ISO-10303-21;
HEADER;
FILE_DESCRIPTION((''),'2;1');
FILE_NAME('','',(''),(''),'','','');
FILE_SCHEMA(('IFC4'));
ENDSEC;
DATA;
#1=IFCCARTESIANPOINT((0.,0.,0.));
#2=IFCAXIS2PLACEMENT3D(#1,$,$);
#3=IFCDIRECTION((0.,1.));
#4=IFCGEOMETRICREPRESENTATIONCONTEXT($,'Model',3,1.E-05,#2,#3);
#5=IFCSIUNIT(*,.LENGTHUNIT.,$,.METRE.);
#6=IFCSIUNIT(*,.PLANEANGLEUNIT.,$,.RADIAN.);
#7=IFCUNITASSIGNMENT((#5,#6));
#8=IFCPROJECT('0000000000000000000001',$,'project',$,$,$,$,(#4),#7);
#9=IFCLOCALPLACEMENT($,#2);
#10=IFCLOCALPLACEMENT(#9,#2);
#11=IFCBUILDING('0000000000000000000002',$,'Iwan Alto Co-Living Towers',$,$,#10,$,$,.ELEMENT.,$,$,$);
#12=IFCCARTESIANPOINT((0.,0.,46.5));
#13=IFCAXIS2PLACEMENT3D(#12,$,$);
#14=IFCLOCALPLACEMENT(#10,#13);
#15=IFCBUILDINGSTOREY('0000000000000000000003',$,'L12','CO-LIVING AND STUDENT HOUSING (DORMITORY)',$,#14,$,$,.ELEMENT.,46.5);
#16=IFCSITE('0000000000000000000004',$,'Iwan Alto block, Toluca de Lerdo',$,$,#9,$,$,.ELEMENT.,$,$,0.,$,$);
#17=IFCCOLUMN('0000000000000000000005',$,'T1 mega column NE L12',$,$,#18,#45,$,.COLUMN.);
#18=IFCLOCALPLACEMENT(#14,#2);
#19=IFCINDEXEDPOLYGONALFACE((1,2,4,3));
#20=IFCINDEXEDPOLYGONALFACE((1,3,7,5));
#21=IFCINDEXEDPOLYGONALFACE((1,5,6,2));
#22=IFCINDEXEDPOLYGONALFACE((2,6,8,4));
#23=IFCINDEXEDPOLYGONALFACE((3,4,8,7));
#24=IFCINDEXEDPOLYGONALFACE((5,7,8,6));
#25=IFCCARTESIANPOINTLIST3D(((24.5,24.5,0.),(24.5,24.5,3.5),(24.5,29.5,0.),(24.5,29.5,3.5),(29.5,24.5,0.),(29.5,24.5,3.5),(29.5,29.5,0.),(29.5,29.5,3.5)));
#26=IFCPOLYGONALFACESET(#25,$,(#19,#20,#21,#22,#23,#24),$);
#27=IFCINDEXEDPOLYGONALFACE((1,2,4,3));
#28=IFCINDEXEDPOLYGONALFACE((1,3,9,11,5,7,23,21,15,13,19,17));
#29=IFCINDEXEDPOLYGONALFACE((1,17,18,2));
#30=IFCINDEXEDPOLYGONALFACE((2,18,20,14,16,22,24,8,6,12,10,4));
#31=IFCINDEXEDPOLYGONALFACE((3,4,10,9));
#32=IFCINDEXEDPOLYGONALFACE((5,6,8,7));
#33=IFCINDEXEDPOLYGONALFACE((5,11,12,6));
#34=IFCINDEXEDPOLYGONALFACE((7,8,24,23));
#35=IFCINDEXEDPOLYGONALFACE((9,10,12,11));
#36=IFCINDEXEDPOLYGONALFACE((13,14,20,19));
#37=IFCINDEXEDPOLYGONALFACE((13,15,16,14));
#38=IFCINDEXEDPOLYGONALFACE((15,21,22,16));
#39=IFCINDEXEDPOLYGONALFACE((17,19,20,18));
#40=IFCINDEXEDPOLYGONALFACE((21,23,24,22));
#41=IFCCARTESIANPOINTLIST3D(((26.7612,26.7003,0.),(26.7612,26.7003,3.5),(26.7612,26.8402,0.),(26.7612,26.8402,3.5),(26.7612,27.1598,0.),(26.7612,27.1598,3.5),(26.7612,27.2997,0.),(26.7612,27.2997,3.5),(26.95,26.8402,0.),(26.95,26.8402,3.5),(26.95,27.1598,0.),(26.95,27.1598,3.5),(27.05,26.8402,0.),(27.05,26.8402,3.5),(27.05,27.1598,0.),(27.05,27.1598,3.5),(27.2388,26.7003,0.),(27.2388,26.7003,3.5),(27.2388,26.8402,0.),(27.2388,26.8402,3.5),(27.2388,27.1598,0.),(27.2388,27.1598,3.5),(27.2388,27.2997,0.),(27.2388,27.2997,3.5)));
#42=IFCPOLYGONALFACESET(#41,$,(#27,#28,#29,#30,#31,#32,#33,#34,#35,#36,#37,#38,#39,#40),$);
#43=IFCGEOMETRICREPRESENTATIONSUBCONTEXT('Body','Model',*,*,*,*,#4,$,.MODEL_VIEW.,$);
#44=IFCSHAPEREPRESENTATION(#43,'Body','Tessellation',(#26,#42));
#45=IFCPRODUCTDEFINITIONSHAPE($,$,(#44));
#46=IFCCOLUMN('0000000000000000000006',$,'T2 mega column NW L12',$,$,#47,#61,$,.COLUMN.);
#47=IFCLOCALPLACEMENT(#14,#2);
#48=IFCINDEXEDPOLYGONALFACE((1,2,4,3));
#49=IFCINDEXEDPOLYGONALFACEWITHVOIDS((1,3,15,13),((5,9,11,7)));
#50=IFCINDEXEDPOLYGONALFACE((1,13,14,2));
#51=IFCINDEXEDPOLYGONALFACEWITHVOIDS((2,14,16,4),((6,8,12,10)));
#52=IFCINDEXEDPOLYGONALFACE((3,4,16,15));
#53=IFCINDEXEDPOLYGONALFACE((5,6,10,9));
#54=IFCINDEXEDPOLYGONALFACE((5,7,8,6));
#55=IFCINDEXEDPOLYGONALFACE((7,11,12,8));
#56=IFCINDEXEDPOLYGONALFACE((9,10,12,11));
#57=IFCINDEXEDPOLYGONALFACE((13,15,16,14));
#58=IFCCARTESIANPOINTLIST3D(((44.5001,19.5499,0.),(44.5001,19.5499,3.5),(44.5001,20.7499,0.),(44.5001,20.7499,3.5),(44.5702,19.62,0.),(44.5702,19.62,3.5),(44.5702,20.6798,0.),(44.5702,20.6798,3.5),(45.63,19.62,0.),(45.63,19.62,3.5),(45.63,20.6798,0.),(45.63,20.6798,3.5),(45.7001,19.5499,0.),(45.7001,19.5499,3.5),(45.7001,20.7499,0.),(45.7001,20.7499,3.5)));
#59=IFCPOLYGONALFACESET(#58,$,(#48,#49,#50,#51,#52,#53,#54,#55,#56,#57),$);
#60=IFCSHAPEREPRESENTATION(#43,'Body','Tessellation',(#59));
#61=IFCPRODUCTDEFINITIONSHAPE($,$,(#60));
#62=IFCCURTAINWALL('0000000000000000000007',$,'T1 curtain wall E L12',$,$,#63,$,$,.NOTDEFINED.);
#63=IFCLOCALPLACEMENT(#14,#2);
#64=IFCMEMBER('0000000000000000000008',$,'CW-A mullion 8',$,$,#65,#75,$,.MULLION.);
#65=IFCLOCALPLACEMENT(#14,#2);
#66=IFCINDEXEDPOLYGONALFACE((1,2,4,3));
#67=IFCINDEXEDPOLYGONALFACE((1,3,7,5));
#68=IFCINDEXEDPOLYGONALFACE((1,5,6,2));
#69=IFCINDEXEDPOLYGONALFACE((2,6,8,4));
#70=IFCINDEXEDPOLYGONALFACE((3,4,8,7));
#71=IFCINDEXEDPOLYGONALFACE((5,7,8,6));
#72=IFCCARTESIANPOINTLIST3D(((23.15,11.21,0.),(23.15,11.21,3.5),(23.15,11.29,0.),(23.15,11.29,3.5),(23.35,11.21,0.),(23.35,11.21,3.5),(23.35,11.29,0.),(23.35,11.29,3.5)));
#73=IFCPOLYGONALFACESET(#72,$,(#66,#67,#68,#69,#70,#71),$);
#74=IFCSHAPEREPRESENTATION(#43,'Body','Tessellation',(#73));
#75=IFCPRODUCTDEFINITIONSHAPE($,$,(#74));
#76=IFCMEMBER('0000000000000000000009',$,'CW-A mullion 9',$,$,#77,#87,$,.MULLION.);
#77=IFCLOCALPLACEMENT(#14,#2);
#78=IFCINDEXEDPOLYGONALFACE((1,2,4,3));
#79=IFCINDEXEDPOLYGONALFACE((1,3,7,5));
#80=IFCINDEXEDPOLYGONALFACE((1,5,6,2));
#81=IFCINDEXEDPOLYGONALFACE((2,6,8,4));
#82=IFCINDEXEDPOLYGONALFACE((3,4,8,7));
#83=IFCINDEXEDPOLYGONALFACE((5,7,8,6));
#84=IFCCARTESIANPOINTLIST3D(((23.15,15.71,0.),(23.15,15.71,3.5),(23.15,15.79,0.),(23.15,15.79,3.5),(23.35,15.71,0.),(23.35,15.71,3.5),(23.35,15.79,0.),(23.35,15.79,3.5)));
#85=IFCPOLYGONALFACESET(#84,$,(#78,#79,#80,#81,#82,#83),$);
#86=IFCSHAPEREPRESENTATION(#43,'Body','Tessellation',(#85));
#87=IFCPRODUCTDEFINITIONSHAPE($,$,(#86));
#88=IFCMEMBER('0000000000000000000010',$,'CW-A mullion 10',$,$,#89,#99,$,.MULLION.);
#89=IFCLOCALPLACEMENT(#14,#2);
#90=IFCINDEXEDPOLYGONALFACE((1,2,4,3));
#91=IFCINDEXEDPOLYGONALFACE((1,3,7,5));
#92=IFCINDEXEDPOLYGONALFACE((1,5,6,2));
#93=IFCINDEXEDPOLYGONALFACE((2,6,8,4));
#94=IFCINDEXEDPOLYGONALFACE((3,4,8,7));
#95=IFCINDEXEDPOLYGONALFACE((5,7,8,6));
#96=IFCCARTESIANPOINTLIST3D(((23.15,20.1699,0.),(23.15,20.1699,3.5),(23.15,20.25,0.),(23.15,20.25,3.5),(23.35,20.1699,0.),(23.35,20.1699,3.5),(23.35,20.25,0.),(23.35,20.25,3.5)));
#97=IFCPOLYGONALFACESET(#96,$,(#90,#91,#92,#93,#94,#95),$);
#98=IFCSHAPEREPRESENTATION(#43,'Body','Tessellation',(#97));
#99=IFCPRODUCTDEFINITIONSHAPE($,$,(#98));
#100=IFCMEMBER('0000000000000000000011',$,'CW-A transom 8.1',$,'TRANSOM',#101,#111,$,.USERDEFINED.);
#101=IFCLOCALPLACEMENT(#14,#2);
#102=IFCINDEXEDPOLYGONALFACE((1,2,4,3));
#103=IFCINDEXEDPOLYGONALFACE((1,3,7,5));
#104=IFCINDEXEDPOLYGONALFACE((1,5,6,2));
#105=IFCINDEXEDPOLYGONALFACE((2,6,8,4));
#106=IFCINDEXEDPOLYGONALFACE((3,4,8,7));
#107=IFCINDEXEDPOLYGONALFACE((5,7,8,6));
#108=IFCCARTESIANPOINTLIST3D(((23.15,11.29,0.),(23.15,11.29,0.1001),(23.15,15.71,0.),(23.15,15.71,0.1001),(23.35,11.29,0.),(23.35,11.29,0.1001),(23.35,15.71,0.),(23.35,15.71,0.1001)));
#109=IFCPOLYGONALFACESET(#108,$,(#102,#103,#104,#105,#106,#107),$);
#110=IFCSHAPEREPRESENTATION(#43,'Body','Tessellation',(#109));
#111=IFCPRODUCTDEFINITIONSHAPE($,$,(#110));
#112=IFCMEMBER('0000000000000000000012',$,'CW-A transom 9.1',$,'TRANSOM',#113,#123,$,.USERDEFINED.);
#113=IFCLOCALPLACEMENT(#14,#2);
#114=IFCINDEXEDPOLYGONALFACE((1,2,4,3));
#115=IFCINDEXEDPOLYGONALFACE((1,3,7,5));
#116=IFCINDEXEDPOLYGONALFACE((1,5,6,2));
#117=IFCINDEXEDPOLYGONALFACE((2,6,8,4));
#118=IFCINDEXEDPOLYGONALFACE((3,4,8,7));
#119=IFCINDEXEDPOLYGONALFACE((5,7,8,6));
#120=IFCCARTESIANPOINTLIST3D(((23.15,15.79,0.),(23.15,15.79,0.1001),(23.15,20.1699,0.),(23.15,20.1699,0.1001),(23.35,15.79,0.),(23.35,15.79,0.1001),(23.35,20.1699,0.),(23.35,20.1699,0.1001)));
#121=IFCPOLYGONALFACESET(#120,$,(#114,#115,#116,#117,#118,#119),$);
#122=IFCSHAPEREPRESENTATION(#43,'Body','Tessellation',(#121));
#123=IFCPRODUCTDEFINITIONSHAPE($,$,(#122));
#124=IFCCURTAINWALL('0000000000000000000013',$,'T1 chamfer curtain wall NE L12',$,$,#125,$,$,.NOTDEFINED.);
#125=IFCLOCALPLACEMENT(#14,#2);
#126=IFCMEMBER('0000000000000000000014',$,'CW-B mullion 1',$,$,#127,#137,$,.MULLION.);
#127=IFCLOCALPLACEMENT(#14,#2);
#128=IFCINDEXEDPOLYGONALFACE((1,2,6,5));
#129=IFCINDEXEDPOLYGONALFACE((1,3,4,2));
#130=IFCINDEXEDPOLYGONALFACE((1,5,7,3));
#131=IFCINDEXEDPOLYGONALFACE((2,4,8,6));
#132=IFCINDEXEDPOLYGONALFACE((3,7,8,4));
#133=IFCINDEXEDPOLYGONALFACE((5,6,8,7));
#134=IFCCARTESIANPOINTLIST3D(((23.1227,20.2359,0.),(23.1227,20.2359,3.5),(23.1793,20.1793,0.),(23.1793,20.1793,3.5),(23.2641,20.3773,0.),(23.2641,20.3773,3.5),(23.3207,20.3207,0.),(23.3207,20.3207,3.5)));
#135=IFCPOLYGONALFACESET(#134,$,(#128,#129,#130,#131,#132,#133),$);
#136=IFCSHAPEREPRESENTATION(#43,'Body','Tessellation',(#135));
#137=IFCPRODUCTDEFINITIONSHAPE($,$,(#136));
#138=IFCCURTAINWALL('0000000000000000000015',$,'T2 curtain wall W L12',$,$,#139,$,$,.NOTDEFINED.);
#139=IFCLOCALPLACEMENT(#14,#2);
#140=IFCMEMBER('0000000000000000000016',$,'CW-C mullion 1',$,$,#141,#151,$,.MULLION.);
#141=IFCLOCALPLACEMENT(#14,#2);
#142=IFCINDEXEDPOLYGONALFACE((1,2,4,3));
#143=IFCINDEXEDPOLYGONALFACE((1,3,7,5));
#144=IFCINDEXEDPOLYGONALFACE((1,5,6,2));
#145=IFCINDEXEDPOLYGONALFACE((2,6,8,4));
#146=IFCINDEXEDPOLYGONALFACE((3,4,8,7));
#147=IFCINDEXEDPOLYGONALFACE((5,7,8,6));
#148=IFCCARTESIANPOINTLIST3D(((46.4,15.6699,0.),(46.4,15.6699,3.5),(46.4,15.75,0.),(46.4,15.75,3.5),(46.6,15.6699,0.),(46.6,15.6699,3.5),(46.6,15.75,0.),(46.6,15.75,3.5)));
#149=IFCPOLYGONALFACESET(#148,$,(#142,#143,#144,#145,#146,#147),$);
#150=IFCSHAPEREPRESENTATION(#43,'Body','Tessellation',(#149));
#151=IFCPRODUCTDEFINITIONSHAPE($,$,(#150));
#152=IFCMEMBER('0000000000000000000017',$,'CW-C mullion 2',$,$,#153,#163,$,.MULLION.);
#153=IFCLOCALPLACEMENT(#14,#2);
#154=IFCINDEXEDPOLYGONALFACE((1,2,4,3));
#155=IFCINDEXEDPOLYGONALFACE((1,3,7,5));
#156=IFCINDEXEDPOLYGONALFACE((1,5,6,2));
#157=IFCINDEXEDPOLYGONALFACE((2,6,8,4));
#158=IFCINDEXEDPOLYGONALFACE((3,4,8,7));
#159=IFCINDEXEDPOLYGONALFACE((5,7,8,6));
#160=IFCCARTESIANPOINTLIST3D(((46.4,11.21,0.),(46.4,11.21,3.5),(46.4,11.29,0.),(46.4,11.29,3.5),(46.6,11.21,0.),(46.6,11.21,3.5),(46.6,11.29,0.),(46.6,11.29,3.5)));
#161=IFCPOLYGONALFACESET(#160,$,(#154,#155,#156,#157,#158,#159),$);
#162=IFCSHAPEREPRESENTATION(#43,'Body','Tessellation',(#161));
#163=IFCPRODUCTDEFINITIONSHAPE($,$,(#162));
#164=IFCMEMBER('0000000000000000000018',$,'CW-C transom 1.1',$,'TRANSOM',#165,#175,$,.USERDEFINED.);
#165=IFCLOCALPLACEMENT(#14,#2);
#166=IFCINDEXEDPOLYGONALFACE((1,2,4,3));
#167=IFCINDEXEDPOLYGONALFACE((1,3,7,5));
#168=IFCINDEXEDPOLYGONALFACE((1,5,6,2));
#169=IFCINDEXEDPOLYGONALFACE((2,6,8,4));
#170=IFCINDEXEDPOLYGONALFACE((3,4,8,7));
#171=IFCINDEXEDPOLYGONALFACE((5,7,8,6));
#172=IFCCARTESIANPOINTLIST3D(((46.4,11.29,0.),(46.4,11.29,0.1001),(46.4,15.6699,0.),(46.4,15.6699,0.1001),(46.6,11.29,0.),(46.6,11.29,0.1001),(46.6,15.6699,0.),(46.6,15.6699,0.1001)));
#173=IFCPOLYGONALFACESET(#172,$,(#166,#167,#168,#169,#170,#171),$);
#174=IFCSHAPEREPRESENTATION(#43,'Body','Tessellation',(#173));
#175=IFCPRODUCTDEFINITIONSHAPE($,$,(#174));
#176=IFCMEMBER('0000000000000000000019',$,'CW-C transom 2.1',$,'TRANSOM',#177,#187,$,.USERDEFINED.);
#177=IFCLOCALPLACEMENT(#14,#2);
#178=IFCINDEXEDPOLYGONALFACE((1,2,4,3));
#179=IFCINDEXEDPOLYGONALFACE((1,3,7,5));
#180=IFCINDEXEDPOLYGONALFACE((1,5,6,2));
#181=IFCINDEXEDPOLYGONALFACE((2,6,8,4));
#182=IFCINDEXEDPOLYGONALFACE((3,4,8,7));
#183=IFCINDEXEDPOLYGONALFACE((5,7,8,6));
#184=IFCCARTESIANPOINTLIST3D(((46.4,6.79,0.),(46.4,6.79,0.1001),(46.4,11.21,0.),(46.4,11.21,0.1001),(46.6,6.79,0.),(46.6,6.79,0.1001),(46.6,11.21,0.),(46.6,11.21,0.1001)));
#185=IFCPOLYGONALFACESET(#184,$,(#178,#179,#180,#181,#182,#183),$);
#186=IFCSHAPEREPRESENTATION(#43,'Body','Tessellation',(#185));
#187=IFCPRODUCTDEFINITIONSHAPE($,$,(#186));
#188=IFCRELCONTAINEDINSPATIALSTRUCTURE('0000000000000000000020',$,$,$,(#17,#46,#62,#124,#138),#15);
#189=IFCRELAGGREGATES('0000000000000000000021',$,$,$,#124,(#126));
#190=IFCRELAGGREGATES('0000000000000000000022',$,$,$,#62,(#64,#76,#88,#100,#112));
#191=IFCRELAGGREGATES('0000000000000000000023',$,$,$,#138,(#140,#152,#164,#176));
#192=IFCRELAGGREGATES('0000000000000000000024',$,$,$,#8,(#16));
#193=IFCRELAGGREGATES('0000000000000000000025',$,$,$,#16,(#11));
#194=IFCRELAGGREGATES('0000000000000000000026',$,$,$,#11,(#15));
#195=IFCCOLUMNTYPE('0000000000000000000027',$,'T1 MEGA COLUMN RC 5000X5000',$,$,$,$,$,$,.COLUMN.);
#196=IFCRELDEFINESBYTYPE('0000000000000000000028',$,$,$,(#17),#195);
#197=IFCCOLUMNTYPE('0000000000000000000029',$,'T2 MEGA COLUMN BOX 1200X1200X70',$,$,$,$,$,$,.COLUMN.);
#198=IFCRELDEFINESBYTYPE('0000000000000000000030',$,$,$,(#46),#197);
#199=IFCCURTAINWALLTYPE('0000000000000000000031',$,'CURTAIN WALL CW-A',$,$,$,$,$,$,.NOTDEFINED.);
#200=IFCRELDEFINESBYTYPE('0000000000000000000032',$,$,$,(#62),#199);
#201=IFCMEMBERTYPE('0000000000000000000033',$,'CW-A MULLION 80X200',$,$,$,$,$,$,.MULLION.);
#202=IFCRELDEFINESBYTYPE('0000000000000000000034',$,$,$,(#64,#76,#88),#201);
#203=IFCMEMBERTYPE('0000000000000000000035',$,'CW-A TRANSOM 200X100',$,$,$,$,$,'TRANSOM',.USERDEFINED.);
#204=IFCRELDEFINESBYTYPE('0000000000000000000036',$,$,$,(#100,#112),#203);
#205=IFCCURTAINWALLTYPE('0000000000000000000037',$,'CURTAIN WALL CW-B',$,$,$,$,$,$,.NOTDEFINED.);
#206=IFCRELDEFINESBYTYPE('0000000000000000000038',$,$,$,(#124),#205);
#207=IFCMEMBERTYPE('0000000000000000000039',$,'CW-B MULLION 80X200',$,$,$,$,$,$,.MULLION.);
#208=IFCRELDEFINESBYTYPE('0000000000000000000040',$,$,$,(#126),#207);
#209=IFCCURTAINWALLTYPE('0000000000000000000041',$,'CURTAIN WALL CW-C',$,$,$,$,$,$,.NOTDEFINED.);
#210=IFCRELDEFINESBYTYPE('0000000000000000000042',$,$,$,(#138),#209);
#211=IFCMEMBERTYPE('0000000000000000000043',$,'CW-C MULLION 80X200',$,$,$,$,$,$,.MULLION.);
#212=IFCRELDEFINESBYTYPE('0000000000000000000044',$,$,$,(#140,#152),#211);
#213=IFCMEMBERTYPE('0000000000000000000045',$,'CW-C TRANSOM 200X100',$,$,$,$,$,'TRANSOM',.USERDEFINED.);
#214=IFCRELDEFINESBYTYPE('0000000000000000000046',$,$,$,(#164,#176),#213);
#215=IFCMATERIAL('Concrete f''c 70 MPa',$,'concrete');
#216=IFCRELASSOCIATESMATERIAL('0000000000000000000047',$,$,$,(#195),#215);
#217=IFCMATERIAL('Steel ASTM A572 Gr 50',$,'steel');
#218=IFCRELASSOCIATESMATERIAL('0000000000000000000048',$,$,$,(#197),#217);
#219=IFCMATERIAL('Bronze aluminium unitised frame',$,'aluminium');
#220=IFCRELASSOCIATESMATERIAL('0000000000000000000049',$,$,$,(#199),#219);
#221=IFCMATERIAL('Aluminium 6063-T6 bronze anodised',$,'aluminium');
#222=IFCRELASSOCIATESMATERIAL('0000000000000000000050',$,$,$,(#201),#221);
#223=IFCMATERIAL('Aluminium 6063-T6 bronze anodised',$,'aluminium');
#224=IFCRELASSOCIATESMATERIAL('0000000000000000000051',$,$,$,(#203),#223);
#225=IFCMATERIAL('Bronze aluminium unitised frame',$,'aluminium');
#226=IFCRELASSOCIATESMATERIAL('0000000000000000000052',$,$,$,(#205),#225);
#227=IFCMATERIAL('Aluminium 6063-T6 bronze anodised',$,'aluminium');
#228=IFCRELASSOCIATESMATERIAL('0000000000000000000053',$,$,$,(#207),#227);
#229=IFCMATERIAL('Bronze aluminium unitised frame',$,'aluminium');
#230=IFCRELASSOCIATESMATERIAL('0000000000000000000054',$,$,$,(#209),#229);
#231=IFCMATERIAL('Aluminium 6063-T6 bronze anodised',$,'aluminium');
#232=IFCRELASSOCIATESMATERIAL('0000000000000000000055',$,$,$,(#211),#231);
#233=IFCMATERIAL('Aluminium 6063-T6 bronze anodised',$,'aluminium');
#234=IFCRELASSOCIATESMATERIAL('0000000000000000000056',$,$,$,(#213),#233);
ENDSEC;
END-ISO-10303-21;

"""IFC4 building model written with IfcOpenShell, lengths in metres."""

from ifc_helpers import new_model, si_unit, direction, frame, origin, origin_2d, place, context, subcontext, project, spatial, rectangle, hollow_rectangle, i_section, extrude, material, material_profile, profile_set, type_object, element, aggregate, save


model = new_model("IFC4")

# Units and contexts
model_context = context("Model", 3, precision=1e-05, world=origin(), true_north=direction((0.0, 1.0)))
body_context = subcontext(model_context, "Body", "Model", "MODEL_VIEW")
ifc_project = project(units=[si_unit("LENGTHUNIT", "METRE"), si_unit("PLANEANGLEUNIT", "RADIAN")], contexts=[model_context])

# Site, building, storey
site_placement = place(None, origin())
site = spatial("IfcSite", under=ifc_project, at=site_placement, Name="Iwan Alto block, Toluca de Lerdo", CompositionType="ELEMENT", RefElevation=0.0)
building_placement = place(site_placement, origin())
building = spatial("IfcBuilding", under=site, at=building_placement, Name="Iwan Alto Co-Living Towers", CompositionType="ELEMENT")
storey_placement = place(building_placement, frame((0.0, 0.0, 46.5)))
storey = spatial("IfcBuildingStorey", under=building, at=storey_placement, Name="L12", Description="CO-LIVING AND STUDENT HOUSING (DORMITORY)", CompositionType="ELEMENT", Elevation=46.5)

# Columns
ifc_material_1 = material(Name="Concrete f'c 70 MPa", Category="concrete")
ifc_material_profile_1 = material_profile(ifc_material_1, rectangle(XDim=5.0, YDim=5.0, at=origin_2d()), Name="RC 5000X5000")
ifc_profile_set_1 = profile_set([ifc_material_profile_1], Name="Concrete f'c 70 MPa")
column_type_1 = type_object("IfcColumnType", Name="T1 MEGA COLUMN RC 5000X5000", PredefinedType="COLUMN", material=ifc_profile_set_1)
column_1_placement = place(storey_placement, frame((27.0, 27.0, 0.0), z_axis=(0.0, 0.0, 1.0), x_axis=(1.0, 0.0, 0.0)))
element("IfcColumn", 1, at=column_1_placement, inside=storey, type_object=column_type_1, Name="T1 mega column NE L12", PredefinedType="COLUMN", context=body_context, shape_type="SweptSolid", body=[
    extrude(rectangle(XDim=5.0, YDim=5.0, at=origin_2d()), origin(), (0.0, 0.0, 1.0), 3.5),
    extrude(i_section(OverallWidth=0.4775, OverallDepth=0.5994, WebThickness=0.1001, FlangeThickness=0.1399, at=origin_2d()), origin(), (0.0, 0.0, 1.0), 3.5),
])
ifc_material_2 = material(Name="Steel ASTM A572 Gr 50", Category="steel")
ifc_material_profile_2 = material_profile(ifc_material_2, hollow_rectangle(XDim=1.2, YDim=1.2, WallThickness=0.0701, at=origin_2d()), Name="BOX 1200X1200X70")
ifc_profile_set_2 = profile_set([ifc_material_profile_2], Name="Steel ASTM A572 Gr 50")
column_type_2 = type_object("IfcColumnType", Name="T2 MEGA COLUMN BOX 1200X1200X70", PredefinedType="COLUMN", material=ifc_profile_set_2)
column_2_placement = place(storey_placement, frame((45.1001, 20.1499, 0.0), z_axis=(0.0, 0.0, 1.0), x_axis=(1.0, 0.0, 0.0)))
element("IfcColumn", 2, at=column_2_placement, inside=storey, type_object=column_type_2, Name="T2 mega column NW L12", PredefinedType="COLUMN", context=body_context, shape_type="SweptSolid", body=[
    extrude(hollow_rectangle(XDim=1.2, YDim=1.2, WallThickness=0.0701, at=origin_2d()), origin(), (0.0, 0.0, 1.0), 3.5),
])

# Curtain wall, members
ifc_material_3 = material(Name="Bronze aluminium unitised frame", Category="aluminium")
curtain_wall_type_1 = type_object("IfcCurtainWallType", Name="CURTAIN WALL CW-A", PredefinedType="NOTDEFINED", material=ifc_material_3)
curtain_wall_1_placement = place(storey_placement, origin())
curtain_wall_1 = element("IfcCurtainWall", 3, at=curtain_wall_1_placement, inside=storey, type_object=curtain_wall_type_1, Name="T1 curtain wall E L12", PredefinedType="NOTDEFINED")
ifc_material_4 = material(Name="Aluminium 6063-T6 bronze anodised", Category="aluminium")
ifc_material_profile_3 = material_profile(ifc_material_4, rectangle(XDim=0.2, YDim=0.0801, at=origin_2d()), Name="AL 80X200")
ifc_profile_set_3 = profile_set([ifc_material_profile_3], Name="Aluminium 6063-T6 bronze anodised")
member_type_1 = type_object("IfcMemberType", Name="CW-A MULLION 80X200", PredefinedType="MULLION", material=ifc_profile_set_3)
member_1_placement = place(storey_placement, frame((23.25, 11.25, 0.0), z_axis=(0.0, 0.0, 1.0), x_axis=(-1.0, 0.0, 0.0)))
member_1 = element("IfcMember", 4, at=member_1_placement, type_object=member_type_1, Name="CW-A mullion 8", PredefinedType="MULLION", context=body_context, shape_type="SweptSolid", body=[
    extrude(rectangle(XDim=0.2, YDim=0.0801, at=origin_2d()), origin(), (0.0, 0.0, 1.0), 3.5),
])
member_2_placement = place(storey_placement, frame((23.25, 15.75, 0.0), z_axis=(0.0, 0.0, 1.0), x_axis=(-1.0, 0.0, 0.0)))
member_2 = element("IfcMember", 5, at=member_2_placement, type_object=member_type_1, Name="CW-A mullion 9", PredefinedType="MULLION", context=body_context, shape_type="SweptSolid", body=[
    extrude(rectangle(XDim=0.2, YDim=0.0801, at=origin_2d()), origin(), (0.0, 0.0, 1.0), 3.5),
])
member_3_placement = place(storey_placement, frame((23.25, 20.21, 0.0), z_axis=(0.0, 0.0, 1.0), x_axis=(-1.0, 0.0, 0.0)))
member_3 = element("IfcMember", 6, at=member_3_placement, type_object=member_type_1, Name="CW-A mullion 10", PredefinedType="MULLION", context=body_context, shape_type="SweptSolid", body=[
    extrude(rectangle(XDim=0.2, YDim=0.0801, at=origin_2d()), origin(), (0.0, 0.0, 1.0), 3.5),
])
ifc_material_5 = material(Name="Aluminium 6063-T6 bronze anodised", Category="aluminium")
ifc_material_profile_4 = material_profile(ifc_material_5, rectangle(XDim=0.2, YDim=0.1001, at=origin_2d()), Name="AL 200X100")
ifc_profile_set_4 = profile_set([ifc_material_profile_4], Name="Aluminium 6063-T6 bronze anodised")
member_type_2 = type_object("IfcMemberType", Name="CW-A TRANSOM 200X100", ElementType="TRANSOM", PredefinedType="USERDEFINED", material=ifc_profile_set_4)
member_4_placement = place(storey_placement, frame((23.25, 11.29, 0.05), z_axis=(0.0, 1.0, 0.0), x_axis=(-1.0, 0.0, 0.0)))
member_4 = element("IfcMember", 7, at=member_4_placement, type_object=member_type_2, Name="CW-A transom 8.1", ObjectType="TRANSOM", PredefinedType="USERDEFINED", context=body_context, shape_type="SweptSolid", body=[
    extrude(rectangle(XDim=0.2, YDim=0.1001, at=origin_2d()), origin(), (0.0, 0.0, 1.0), 4.4199),
])
member_5_placement = place(storey_placement, frame((23.25, 15.79, 0.05), z_axis=(0.0, 1.0, 0.0), x_axis=(-1.0, 0.0, 0.0)))
member_5 = element("IfcMember", 8, at=member_5_placement, type_object=member_type_2, Name="CW-A transom 9.1", ObjectType="TRANSOM", PredefinedType="USERDEFINED", context=body_context, shape_type="SweptSolid", body=[
    extrude(rectangle(XDim=0.2, YDim=0.1001, at=origin_2d()), origin(), (0.0, 0.0, 1.0), 4.3799),
])

# Curtain wall, member
ifc_material_6 = material(Name="Bronze aluminium unitised frame", Category="aluminium")
curtain_wall_type_2 = type_object("IfcCurtainWallType", Name="CURTAIN WALL CW-B", PredefinedType="NOTDEFINED", material=ifc_material_6)
curtain_wall_2_placement = place(storey_placement, origin())
curtain_wall_2 = element("IfcCurtainWall", 9, at=curtain_wall_2_placement, inside=storey, type_object=curtain_wall_type_2, Name="T1 chamfer curtain wall NE L12", PredefinedType="NOTDEFINED")
ifc_material_7 = material(Name="Aluminium 6063-T6 bronze anodised", Category="aluminium")
ifc_material_profile_5 = material_profile(ifc_material_7, rectangle(XDim=0.2, YDim=0.0801, at=origin_2d()), Name="AL 80X200")
ifc_profile_set_5 = profile_set([ifc_material_profile_5], Name="Aluminium 6063-T6 bronze anodised")
member_type_3 = type_object("IfcMemberType", Name="CW-B MULLION 80X200", PredefinedType="MULLION", material=ifc_profile_set_5)
member_6_placement = place(storey_placement, frame((23.2217, 20.2783, 0.0), z_axis=(0.0, 0.0, 1.0), x_axis=(-0.707107, -0.707107, 0.0)))
member_6 = element("IfcMember", 10, at=member_6_placement, type_object=member_type_3, Name="CW-B mullion 1", PredefinedType="MULLION", context=body_context, shape_type="SweptSolid", body=[
    extrude(rectangle(XDim=0.2, YDim=0.0801, at=origin_2d()), origin(), (0.0, 0.0, 1.0), 3.5),
])
aggregate(curtain_wall_2, [member_6])

# Curtain wall, members
ifc_material_8 = material(Name="Bronze aluminium unitised frame", Category="aluminium")
curtain_wall_type_3 = type_object("IfcCurtainWallType", Name="CURTAIN WALL CW-C", PredefinedType="NOTDEFINED", material=ifc_material_8)
curtain_wall_3_placement = place(storey_placement, origin())
curtain_wall_3 = element("IfcCurtainWall", 11, at=curtain_wall_3_placement, inside=storey, type_object=curtain_wall_type_3, Name="T2 curtain wall W L12", PredefinedType="NOTDEFINED")
ifc_material_9 = material(Name="Aluminium 6063-T6 bronze anodised", Category="aluminium")
ifc_material_profile_6 = material_profile(ifc_material_9, rectangle(XDim=0.2, YDim=0.0801, at=origin_2d()), Name="AL 80X200")
ifc_profile_set_6 = profile_set([ifc_material_profile_6], Name="Aluminium 6063-T6 bronze anodised")
member_type_4 = type_object("IfcMemberType", Name="CW-C MULLION 80X200", PredefinedType="MULLION", material=ifc_profile_set_6)
member_7_placement = place(storey_placement, frame((46.5, 15.71, 0.0), z_axis=(0.0, 0.0, 1.0), x_axis=(1.0, 0.0, 0.0)))
member_7 = element("IfcMember", 12, at=member_7_placement, type_object=member_type_4, Name="CW-C mullion 1", PredefinedType="MULLION", context=body_context, shape_type="SweptSolid", body=[
    extrude(rectangle(XDim=0.2, YDim=0.0801, at=origin_2d()), origin(), (0.0, 0.0, 1.0), 3.5),
])
member_8_placement = place(storey_placement, frame((46.5, 11.25, 0.0), z_axis=(0.0, 0.0, 1.0), x_axis=(1.0, 0.0, 0.0)))
member_8 = element("IfcMember", 13, at=member_8_placement, type_object=member_type_4, Name="CW-C mullion 2", PredefinedType="MULLION", context=body_context, shape_type="SweptSolid", body=[
    extrude(rectangle(XDim=0.2, YDim=0.0801, at=origin_2d()), origin(), (0.0, 0.0, 1.0), 3.5),
])
ifc_material_10 = material(Name="Aluminium 6063-T6 bronze anodised", Category="aluminium")
ifc_material_profile_7 = material_profile(ifc_material_10, rectangle(XDim=0.2, YDim=0.1001, at=origin_2d()), Name="AL 200X100")
ifc_profile_set_7 = profile_set([ifc_material_profile_7], Name="Aluminium 6063-T6 bronze anodised")
member_type_5 = type_object("IfcMemberType", Name="CW-C TRANSOM 200X100", ElementType="TRANSOM", PredefinedType="USERDEFINED", material=ifc_profile_set_7)
member_9_placement = place(storey_placement, frame((46.5, 15.6699, 0.05), z_axis=(0.0, -1.0, 0.0), x_axis=(1.0, 0.0, 0.0)))
member_9 = element("IfcMember", 14, at=member_9_placement, type_object=member_type_5, Name="CW-C transom 1.1", ObjectType="TRANSOM", PredefinedType="USERDEFINED", context=body_context, shape_type="SweptSolid", body=[
    extrude(rectangle(XDim=0.2, YDim=0.1001, at=origin_2d()), origin(), (0.0, 0.0, 1.0), 4.3799),
])
member_10_placement = place(storey_placement, frame((46.5, 11.21, 0.05), z_axis=(0.0, -1.0, 0.0), x_axis=(1.0, 0.0, 0.0)))
member_10 = element("IfcMember", 15, at=member_10_placement, type_object=member_type_5, Name="CW-C transom 2.1", ObjectType="TRANSOM", PredefinedType="USERDEFINED", context=body_context, shape_type="SweptSolid", body=[
    extrude(rectangle(XDim=0.2, YDim=0.1001, at=origin_2d()), origin(), (0.0, 0.0, 1.0), 4.4199),
])

aggregate(curtain_wall_1, [member_1, member_2, member_3, member_4, member_5])
aggregate(curtain_wall_3, [member_7, member_8, member_9, member_10])

save(model, "model.ifc")
